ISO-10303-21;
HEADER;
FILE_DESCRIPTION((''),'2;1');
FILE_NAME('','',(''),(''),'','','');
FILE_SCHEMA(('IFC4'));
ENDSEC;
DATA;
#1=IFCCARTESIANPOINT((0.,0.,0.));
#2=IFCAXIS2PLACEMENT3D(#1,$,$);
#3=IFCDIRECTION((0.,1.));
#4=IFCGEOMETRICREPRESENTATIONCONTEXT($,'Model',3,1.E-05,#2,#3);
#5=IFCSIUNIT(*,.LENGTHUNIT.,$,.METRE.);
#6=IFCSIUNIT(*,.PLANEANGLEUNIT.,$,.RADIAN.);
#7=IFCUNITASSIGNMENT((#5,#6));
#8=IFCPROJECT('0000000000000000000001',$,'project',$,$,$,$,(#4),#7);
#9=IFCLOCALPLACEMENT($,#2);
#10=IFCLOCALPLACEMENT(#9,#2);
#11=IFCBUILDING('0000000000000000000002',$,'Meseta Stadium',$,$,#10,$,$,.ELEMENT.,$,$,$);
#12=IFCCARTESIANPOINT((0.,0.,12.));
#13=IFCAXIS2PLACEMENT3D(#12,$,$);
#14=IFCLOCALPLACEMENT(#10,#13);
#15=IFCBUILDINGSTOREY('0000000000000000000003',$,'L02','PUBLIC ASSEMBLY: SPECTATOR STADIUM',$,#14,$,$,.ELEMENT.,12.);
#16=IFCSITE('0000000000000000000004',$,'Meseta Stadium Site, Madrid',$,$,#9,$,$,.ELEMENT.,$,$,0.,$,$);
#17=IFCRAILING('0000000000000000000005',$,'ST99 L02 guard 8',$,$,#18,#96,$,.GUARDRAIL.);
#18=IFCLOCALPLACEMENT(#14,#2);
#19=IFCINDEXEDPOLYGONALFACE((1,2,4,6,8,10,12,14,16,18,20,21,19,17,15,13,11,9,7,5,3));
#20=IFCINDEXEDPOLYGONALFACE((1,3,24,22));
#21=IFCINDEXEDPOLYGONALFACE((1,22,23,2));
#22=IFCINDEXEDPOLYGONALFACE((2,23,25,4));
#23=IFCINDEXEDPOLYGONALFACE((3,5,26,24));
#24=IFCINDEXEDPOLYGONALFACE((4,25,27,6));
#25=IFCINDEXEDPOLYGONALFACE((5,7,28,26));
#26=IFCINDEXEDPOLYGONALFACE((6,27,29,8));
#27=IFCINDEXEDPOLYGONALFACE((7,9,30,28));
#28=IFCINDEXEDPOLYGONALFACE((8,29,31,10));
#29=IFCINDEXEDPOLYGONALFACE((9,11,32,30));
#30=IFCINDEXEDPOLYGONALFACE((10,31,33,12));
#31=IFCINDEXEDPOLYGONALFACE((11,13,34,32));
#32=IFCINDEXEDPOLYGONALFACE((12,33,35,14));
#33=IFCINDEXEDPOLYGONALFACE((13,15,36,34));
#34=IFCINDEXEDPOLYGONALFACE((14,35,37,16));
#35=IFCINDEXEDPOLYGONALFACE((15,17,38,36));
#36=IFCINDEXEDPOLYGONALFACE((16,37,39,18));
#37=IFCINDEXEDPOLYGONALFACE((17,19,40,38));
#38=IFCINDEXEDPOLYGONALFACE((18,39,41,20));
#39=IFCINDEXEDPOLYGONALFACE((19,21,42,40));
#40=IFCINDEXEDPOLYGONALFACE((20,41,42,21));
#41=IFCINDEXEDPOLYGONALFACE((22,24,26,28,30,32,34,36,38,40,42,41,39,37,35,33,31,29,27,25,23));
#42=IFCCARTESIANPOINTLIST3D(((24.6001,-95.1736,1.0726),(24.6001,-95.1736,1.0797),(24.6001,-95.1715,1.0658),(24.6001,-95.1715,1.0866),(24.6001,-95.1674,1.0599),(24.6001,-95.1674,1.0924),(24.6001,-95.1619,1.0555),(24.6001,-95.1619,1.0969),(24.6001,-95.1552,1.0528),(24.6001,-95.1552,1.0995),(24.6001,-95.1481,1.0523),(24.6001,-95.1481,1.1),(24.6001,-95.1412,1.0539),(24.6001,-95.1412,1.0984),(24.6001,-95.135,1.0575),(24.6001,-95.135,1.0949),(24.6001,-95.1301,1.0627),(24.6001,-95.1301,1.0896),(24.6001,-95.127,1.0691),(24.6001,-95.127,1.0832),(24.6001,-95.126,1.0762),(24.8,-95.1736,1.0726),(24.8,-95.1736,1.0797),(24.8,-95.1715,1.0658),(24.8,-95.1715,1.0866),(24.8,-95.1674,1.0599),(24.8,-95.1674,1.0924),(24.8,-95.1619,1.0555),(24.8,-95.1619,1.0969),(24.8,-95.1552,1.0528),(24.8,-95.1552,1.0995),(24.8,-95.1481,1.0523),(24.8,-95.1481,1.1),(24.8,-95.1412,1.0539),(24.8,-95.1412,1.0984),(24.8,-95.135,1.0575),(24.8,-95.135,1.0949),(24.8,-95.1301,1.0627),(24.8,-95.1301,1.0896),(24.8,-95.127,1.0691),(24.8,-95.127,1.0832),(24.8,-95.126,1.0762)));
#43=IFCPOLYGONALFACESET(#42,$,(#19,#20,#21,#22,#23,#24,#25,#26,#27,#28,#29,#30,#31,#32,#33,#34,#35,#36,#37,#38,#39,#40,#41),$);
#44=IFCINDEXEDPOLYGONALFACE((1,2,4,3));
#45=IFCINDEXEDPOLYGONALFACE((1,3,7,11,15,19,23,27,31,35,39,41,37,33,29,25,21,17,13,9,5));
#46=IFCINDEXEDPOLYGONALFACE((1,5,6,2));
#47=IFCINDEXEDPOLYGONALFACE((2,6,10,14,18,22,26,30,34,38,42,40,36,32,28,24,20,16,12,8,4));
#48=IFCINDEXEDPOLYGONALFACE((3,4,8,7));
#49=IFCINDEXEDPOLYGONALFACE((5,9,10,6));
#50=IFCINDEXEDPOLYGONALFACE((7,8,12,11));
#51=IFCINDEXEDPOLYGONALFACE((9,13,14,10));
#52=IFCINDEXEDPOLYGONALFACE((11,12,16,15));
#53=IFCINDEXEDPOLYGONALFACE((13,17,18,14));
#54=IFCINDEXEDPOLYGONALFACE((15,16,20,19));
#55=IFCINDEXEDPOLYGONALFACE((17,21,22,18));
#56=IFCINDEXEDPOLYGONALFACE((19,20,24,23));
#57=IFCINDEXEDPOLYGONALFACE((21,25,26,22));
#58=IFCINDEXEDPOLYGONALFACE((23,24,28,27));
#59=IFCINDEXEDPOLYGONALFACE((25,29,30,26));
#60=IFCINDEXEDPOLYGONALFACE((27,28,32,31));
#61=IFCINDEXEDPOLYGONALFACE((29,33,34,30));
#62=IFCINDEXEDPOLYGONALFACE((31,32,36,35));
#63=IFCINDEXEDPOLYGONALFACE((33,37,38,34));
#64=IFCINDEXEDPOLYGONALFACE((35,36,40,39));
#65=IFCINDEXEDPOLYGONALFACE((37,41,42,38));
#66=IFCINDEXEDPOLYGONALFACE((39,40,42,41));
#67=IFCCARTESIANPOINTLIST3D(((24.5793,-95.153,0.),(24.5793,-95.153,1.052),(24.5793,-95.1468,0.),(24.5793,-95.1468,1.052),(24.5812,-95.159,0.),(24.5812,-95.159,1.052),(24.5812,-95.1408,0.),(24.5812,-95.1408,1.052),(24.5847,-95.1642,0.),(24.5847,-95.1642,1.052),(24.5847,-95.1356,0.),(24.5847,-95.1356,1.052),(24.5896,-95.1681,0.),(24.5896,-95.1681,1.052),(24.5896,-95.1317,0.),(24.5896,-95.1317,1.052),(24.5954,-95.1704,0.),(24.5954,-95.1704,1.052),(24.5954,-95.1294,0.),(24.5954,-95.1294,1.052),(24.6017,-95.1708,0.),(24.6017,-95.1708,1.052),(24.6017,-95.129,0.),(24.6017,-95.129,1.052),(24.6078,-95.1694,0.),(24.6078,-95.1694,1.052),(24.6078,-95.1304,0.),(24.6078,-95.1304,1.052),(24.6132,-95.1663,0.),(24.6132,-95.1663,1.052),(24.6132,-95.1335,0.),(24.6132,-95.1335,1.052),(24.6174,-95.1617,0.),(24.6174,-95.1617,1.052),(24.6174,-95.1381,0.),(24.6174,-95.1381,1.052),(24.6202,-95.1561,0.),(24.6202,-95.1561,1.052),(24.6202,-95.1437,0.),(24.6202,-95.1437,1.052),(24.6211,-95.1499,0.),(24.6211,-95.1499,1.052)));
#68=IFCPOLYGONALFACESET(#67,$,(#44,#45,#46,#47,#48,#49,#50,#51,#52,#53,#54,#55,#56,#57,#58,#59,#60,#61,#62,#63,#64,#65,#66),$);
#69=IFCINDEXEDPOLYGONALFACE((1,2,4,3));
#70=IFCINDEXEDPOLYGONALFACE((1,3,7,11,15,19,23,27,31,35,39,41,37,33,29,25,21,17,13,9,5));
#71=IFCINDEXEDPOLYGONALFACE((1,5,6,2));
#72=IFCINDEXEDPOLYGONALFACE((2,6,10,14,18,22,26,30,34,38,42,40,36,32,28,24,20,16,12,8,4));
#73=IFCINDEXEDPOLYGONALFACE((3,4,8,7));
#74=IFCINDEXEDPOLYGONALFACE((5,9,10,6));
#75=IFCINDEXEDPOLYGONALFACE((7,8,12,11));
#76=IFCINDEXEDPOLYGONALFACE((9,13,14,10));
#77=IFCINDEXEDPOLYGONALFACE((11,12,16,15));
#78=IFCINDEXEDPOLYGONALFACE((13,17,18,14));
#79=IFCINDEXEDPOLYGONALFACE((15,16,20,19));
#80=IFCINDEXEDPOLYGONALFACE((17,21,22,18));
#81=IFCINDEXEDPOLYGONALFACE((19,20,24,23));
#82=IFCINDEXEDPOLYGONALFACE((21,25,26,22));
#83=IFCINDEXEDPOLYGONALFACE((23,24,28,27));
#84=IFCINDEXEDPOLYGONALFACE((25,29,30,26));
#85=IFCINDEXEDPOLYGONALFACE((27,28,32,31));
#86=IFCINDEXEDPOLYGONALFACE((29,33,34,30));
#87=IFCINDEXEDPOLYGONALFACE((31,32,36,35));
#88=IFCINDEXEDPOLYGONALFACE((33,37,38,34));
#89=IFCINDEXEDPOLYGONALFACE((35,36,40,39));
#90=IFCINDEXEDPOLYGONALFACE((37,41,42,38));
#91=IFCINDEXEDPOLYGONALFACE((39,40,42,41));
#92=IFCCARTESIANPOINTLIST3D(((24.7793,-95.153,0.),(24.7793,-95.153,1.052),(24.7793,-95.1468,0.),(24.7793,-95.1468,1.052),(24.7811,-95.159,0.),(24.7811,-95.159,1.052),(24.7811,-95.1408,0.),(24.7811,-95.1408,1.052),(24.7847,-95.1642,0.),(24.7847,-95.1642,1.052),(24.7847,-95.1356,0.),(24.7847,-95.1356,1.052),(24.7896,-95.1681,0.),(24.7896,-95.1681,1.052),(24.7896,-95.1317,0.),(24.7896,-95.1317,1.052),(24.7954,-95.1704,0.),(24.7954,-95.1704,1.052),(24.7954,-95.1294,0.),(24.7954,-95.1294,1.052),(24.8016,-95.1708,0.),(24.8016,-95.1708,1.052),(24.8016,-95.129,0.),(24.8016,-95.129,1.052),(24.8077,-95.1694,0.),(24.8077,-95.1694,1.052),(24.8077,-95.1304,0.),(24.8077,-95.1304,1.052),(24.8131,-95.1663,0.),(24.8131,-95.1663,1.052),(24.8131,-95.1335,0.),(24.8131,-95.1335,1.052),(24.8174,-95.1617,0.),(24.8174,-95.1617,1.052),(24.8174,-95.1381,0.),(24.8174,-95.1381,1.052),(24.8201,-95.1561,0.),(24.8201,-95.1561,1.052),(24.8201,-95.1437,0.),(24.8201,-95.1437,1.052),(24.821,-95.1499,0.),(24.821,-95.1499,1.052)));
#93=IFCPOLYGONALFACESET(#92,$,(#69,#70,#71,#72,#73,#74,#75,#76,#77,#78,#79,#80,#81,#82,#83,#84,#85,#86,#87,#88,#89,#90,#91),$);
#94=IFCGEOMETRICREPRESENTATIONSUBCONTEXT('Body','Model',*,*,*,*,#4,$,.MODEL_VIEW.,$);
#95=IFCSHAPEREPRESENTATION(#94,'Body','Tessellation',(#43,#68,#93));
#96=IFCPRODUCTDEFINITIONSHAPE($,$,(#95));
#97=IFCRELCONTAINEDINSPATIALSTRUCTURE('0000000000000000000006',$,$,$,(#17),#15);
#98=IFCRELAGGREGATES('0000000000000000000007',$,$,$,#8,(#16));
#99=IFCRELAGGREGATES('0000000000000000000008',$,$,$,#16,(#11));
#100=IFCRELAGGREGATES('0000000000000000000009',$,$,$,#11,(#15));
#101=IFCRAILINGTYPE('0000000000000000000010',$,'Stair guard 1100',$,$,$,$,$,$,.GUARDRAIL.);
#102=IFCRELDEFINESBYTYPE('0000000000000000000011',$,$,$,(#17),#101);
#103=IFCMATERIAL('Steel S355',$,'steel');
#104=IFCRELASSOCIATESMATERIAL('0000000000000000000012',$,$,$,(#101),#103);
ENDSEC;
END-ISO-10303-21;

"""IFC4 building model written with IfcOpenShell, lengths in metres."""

from ifc_helpers import new_model, si_unit, direction, frame, origin, origin_2d, place, context, subcontext, project, spatial, circle, extrude, material, type_object, element, save


model = new_model("IFC4")

# Units and contexts
model_context = context("Model", 3, precision=1e-05, world=origin(), true_north=direction((0.0, 1.0)))
body_context = subcontext(model_context, "Body", "Model", "MODEL_VIEW")
ifc_project = project(units=[si_unit("LENGTHUNIT", "METRE"), si_unit("PLANEANGLEUNIT", "RADIAN")], contexts=[model_context])

# Site, building, storey
site_placement = place(None, origin())
site = spatial("IfcSite", under=ifc_project, at=site_placement, Name="Meseta Stadium Site, Madrid", CompositionType="ELEMENT", RefElevation=0.0)
building_placement = place(site_placement, origin())
building = spatial("IfcBuilding", under=site, at=building_placement, Name="Meseta Stadium", CompositionType="ELEMENT")
storey_placement = place(building_placement, frame((0.0, 0.0, 12.0)))
storey = spatial("IfcBuildingStorey", under=building, at=storey_placement, Name="L02", Description="PUBLIC ASSEMBLY: SPECTATOR STADIUM", CompositionType="ELEMENT", Elevation=12.0)

# Railing
ifc_material_1 = material(Name="Steel S355", Category="steel")
railing_type_1 = type_object("IfcRailingType", Name="Stair guard 1100", PredefinedType="GUARDRAIL", material=ifc_material_1)
railing_1_placement = place(storey_placement, frame((24.6001, -95.1499, 0.0)))
element("IfcRailing", 1, at=railing_1_placement, inside=storey, type_object=railing_type_1, Name="ST99 L02 guard 8", PredefinedType="GUARDRAIL", context=body_context, shape_type="SweptSolid", body=[
    extrude(circle(Radius=0.0239, at=origin_2d()), frame((0.0, 0.0, 1.0762), z_axis=(1.0, 0.0, 0.0), x_axis=(0.0, 1.0, 0.0)), (0.0, 0.0, 1.0), 0.2),
    extrude(circle(Radius=0.021, at=origin_2d()), origin(), (0.0, 0.0, 1.0), 1.052),
    extrude(circle(Radius=0.021, at=origin_2d()), frame((0.2, 0.0, 0.0)), (0.0, 0.0, 1.0), 1.052),
])

save(model, "model.ifc")
